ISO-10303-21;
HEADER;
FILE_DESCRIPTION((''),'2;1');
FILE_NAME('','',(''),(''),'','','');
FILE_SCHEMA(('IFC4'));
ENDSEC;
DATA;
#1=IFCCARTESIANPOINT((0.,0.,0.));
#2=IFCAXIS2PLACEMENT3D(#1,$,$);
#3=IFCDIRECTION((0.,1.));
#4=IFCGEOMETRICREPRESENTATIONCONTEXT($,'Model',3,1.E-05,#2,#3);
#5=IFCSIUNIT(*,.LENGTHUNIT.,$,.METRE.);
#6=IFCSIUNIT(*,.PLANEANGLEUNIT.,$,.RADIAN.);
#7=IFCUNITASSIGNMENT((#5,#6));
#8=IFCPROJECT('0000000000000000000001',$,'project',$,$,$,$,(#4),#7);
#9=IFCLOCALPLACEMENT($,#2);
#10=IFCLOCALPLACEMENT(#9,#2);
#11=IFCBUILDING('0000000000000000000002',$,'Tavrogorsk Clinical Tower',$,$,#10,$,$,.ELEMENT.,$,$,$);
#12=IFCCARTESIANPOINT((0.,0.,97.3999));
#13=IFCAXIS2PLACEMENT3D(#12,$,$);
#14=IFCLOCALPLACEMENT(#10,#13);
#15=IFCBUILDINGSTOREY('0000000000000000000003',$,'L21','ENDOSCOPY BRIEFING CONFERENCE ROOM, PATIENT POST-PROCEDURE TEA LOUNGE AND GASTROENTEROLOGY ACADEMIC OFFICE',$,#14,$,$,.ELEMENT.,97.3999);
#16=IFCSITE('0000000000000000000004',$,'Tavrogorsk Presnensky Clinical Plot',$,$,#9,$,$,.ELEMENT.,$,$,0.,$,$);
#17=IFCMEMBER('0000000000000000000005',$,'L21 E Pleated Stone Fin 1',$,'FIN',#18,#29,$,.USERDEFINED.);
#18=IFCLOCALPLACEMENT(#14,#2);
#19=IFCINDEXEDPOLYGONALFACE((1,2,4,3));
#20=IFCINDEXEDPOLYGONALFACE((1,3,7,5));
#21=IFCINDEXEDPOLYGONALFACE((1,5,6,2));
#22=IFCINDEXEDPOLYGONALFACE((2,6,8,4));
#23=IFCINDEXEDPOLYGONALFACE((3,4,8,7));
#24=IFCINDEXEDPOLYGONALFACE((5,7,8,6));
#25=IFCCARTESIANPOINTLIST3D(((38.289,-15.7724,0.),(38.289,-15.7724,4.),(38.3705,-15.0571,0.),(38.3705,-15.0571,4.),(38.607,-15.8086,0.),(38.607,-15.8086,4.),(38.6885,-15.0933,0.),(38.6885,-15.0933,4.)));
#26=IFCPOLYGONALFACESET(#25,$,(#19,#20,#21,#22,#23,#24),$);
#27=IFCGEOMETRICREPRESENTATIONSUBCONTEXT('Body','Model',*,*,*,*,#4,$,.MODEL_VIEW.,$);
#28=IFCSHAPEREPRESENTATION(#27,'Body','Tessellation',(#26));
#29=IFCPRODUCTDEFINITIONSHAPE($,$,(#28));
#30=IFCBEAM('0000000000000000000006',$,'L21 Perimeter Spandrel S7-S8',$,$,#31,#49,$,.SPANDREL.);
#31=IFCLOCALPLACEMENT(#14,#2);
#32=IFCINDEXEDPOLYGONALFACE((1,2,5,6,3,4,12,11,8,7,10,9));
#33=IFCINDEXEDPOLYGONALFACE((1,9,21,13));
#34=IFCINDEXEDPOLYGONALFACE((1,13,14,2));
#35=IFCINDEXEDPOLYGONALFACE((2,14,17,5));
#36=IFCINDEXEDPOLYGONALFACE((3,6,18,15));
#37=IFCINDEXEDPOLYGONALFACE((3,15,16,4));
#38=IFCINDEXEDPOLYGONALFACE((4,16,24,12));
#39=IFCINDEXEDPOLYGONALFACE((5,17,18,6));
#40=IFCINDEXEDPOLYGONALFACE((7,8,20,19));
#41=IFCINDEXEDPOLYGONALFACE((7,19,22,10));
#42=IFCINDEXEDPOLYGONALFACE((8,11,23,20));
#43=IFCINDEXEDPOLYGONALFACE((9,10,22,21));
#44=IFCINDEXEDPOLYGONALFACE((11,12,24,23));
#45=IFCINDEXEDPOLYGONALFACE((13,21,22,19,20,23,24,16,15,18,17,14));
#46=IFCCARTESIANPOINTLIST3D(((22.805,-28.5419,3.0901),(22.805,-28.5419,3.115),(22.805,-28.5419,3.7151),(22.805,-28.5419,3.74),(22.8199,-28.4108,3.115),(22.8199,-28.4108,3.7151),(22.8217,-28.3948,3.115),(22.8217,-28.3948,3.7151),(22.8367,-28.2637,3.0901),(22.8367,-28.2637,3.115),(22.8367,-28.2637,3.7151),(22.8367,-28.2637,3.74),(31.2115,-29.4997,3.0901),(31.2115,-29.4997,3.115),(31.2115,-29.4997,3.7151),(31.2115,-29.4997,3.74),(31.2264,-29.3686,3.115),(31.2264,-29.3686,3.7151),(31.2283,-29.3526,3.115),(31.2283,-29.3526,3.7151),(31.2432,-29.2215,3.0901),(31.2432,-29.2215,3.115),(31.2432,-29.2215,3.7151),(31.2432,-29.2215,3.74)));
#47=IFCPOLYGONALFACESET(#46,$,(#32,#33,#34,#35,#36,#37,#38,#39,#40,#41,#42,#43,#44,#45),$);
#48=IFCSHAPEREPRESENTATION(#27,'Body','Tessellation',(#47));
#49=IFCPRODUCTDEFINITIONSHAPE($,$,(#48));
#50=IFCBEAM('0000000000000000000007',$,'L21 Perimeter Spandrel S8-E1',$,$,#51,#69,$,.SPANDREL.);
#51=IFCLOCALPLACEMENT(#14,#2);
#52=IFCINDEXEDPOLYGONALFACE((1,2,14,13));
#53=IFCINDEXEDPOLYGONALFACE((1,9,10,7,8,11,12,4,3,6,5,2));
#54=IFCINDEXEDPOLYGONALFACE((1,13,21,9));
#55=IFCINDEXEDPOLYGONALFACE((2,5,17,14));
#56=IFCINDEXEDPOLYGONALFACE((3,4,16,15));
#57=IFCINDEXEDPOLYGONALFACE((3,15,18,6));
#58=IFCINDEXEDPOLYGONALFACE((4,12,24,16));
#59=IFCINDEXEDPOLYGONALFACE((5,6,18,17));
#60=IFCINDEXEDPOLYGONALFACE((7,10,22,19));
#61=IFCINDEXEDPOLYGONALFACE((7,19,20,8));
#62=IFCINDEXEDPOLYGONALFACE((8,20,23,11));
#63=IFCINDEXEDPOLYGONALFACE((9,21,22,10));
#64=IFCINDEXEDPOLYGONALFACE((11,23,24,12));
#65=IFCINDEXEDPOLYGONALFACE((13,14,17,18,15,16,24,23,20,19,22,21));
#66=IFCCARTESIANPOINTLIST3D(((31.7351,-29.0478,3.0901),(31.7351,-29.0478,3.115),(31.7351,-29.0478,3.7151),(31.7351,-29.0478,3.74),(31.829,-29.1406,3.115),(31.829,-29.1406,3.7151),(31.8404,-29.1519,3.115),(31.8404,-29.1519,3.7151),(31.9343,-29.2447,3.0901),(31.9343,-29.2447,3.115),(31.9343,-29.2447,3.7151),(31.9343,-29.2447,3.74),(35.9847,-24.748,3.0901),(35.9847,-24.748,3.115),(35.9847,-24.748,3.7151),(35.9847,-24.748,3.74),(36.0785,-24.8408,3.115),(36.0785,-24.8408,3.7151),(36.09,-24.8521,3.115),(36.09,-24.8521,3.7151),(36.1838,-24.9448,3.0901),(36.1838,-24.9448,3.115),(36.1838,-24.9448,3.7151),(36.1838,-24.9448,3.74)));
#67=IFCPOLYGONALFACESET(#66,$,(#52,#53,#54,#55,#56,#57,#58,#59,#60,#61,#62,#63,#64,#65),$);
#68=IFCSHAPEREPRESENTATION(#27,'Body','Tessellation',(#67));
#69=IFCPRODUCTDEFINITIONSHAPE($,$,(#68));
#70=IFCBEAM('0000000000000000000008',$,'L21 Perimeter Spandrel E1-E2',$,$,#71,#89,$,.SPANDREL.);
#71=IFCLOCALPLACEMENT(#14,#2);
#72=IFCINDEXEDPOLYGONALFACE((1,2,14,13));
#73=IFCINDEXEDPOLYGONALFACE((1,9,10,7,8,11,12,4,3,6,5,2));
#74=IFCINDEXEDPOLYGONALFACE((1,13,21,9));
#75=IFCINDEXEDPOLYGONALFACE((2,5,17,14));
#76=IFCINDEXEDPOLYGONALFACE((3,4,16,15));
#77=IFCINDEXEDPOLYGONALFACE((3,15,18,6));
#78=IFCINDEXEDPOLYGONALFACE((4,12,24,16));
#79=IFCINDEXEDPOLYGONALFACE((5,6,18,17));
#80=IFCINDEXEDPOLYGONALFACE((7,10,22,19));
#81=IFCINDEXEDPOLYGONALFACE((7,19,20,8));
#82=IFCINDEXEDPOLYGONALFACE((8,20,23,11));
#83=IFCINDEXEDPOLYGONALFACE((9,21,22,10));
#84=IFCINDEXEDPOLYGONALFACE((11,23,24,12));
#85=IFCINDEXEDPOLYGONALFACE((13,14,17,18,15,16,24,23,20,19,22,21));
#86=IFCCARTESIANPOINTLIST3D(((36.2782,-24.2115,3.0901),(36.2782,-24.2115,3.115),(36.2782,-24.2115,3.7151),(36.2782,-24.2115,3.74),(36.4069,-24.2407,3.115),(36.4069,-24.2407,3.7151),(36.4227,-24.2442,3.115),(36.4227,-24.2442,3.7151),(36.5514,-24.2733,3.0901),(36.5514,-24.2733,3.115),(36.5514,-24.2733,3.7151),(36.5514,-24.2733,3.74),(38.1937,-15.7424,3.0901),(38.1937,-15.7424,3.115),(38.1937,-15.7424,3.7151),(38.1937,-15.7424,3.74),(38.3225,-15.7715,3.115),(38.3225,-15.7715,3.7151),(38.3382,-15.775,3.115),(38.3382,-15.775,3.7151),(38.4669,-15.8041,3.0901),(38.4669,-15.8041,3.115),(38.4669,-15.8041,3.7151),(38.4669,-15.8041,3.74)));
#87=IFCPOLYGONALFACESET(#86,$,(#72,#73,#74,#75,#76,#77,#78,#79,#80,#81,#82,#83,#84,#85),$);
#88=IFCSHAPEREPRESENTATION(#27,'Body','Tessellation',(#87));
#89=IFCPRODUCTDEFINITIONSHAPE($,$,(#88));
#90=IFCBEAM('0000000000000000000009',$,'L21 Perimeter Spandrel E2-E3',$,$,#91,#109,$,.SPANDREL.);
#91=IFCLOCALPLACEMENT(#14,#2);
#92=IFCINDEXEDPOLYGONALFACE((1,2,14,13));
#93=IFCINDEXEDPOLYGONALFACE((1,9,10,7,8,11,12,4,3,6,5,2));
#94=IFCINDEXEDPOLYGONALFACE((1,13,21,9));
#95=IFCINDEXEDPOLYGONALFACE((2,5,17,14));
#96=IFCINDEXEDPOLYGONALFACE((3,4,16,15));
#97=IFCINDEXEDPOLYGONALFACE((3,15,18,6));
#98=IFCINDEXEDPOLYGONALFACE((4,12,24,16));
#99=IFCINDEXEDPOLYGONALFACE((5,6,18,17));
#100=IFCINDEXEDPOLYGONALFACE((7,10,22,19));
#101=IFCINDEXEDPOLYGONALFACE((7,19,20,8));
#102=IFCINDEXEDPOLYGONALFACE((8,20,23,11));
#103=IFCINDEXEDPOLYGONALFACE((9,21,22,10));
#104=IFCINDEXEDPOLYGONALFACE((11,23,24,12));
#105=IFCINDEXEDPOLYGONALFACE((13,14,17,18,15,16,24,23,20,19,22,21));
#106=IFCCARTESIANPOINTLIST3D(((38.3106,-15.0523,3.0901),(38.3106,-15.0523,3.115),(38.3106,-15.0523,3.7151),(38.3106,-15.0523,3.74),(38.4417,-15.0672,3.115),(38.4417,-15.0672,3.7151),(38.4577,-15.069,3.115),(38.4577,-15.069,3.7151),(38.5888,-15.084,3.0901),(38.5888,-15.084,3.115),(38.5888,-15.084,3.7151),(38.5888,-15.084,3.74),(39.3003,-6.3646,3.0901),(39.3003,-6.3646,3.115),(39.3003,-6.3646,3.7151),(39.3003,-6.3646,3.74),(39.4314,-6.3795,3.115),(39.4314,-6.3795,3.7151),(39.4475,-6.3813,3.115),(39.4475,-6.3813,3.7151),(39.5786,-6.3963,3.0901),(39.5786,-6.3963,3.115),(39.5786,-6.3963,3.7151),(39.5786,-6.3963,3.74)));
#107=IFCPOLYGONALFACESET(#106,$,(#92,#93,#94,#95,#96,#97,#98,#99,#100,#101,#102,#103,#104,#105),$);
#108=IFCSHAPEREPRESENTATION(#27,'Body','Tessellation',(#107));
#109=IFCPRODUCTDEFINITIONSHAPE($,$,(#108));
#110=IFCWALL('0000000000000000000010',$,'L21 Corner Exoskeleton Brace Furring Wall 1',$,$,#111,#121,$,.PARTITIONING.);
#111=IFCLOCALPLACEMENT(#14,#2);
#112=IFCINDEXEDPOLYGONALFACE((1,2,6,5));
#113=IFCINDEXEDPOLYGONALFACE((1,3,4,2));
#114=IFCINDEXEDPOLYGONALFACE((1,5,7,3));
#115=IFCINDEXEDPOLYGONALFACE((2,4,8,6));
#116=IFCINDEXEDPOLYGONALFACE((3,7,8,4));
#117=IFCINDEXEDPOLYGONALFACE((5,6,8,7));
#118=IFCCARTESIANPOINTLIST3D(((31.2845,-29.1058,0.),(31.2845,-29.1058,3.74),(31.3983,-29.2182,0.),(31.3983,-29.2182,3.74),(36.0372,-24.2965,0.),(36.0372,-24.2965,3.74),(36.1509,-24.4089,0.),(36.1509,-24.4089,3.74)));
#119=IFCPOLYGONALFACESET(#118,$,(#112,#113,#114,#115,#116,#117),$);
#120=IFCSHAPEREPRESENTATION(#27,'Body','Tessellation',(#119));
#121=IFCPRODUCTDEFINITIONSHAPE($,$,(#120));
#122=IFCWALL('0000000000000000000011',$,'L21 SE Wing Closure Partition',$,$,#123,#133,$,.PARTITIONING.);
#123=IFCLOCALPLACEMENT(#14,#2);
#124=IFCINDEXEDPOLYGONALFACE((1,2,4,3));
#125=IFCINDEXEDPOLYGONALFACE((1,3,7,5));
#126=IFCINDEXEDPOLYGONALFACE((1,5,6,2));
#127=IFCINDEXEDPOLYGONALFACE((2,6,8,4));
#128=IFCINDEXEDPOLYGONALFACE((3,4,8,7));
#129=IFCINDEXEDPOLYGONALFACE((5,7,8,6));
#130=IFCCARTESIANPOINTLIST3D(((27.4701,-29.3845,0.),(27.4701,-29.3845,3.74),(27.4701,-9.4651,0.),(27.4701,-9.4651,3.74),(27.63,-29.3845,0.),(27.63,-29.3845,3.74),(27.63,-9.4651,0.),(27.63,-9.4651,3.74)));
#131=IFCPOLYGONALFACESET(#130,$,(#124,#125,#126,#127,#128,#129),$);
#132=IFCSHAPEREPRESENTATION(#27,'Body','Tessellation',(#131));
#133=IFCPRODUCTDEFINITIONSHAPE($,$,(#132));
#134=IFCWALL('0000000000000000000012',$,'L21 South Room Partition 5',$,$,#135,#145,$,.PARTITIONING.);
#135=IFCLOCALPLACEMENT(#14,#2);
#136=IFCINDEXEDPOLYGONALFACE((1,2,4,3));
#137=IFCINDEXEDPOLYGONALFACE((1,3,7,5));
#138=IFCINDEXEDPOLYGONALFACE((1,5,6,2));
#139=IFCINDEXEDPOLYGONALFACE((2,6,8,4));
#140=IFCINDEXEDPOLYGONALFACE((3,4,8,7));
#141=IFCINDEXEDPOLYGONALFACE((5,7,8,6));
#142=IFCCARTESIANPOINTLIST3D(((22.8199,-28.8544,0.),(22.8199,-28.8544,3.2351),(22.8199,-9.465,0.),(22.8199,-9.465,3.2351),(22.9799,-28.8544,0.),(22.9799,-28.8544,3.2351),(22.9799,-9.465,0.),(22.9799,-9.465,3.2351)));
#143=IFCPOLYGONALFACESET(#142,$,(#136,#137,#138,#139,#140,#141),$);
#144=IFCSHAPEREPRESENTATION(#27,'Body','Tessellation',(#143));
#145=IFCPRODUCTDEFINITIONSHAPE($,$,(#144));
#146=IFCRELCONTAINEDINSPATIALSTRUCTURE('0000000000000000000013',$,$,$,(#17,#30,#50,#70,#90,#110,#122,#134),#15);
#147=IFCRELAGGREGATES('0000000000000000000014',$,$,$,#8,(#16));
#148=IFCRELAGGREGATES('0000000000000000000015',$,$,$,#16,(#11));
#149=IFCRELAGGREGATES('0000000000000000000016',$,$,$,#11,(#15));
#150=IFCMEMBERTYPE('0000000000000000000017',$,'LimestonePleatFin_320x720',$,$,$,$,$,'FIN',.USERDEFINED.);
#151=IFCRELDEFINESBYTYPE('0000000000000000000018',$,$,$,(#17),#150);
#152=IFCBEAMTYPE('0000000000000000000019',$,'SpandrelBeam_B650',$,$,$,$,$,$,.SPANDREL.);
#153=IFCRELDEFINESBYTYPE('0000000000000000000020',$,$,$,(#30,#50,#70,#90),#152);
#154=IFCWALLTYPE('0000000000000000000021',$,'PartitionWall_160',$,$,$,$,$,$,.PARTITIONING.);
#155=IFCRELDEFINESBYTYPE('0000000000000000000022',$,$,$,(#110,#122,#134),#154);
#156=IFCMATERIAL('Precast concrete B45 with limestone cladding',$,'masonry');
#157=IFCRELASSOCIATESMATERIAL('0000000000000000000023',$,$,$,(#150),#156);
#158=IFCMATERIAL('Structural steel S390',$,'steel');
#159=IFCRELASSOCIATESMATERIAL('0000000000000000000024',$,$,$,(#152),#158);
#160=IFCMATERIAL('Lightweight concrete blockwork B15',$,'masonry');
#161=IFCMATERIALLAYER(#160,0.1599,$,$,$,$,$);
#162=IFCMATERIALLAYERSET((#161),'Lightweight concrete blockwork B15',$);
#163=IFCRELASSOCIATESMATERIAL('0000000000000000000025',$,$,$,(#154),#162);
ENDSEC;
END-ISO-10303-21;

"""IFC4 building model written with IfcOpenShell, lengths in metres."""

from ifc_helpers import new_model, si_unit, direction, frame, frame_2d, origin, origin_2d, place, context, subcontext, project, spatial, rectangle, i_section, extrude, material, layer, layer_set, material_profile, profile_set, type_object, element, save


model = new_model("IFC4")

# Units and contexts
model_context = context("Model", 3, precision=1e-05, world=origin(), true_north=direction((0.0, 1.0)))
body_context = subcontext(model_context, "Body", "Model", "MODEL_VIEW")
ifc_project = project(units=[si_unit("LENGTHUNIT", "METRE"), si_unit("PLANEANGLEUNIT", "RADIAN")], contexts=[model_context])

# Site, building, storey
site_placement = place(None, origin())
site = spatial("IfcSite", under=ifc_project, at=site_placement, Name="Tavrogorsk Presnensky Clinical Plot", CompositionType="ELEMENT", RefElevation=0.0)
building_placement = place(site_placement, origin())
building = spatial("IfcBuilding", under=site, at=building_placement, Name="Tavrogorsk Clinical Tower", CompositionType="ELEMENT")
storey_placement = place(building_placement, frame((0.0, 0.0, 97.3999)))
storey = spatial("IfcBuildingStorey", under=building, at=storey_placement, Name="L21", Description="ENDOSCOPY BRIEFING CONFERENCE ROOM, PATIENT POST-PROCEDURE TEA LOUNGE AND GASTROENTEROLOGY ACADEMIC OFFICE", CompositionType="ELEMENT", Elevation=97.3999)

# Member
ifc_material_1 = material(Name="Precast concrete B45 with limestone cladding", Category="masonry")
ifc_material_profile_1 = material_profile(ifc_material_1, rectangle(XDim=0.3201, YDim=0.72, at=origin_2d()), Name="LIMESTONE-FIN-320x720")
ifc_profile_set_1 = profile_set([ifc_material_profile_1], Name="Precast concrete B45 with limestone cladding")
member_type_1 = type_object("IfcMemberType", Name="LimestonePleatFin_320x720", ElementType="FIN", PredefinedType="USERDEFINED", material=ifc_profile_set_1)
member_1_placement = place(storey_placement, frame((38.4888, -15.4329, 0.0), z_axis=(0.0, 0.0, 1.0), x_axis=(0.993572, -0.113203, 0.0)))
element("IfcMember", 1, at=member_1_placement, inside=storey, type_object=member_type_1, Name="L21 E Pleated Stone Fin 1", ObjectType="FIN", PredefinedType="USERDEFINED", context=body_context, shape_type="SweptSolid", body=[
    extrude(rectangle(XDim=0.3201, YDim=0.72, at=origin_2d()), origin(), (0.0, 0.0, 1.0), 4.0),
])

# Beams
ifc_material_2 = material(Name="Structural steel S390", Category="steel")
ifc_material_profile_2 = material_profile(ifc_material_2, i_section(OverallWidth=0.28, OverallDepth=0.6499, WebThickness=0.0161, FlangeThickness=0.0249, at=origin_2d()), Name="B-650x280x16x25")
ifc_profile_set_2 = profile_set([ifc_material_profile_2], Name="Structural steel S390")
beam_type_1 = type_object("IfcBeamType", Name="SpandrelBeam_B650", PredefinedType="SPANDREL", material=ifc_profile_set_2)
beam_1_placement = place(storey_placement, frame((22.8208, -28.4028, 3.415), z_axis=(0.993572, -0.113199, 0.0), x_axis=(0.113199, 0.993572, 0.0)))
element("IfcBeam", 2, at=beam_1_placement, inside=storey, type_object=beam_type_1, Name="L21 Perimeter Spandrel S7-S8", PredefinedType="SPANDREL", context=body_context, shape_type="SweptSolid", body=[
    extrude(i_section(OverallWidth=0.28, OverallDepth=0.6499, WebThickness=0.0161, FlangeThickness=0.0249, at=origin_2d()), origin(), (0.0, 0.0, 1.0), 8.4609),
])
beam_2_placement = place(storey_placement, frame((31.8347, -29.1462, 3.415), z_axis=(0.702935, 0.711254, 0.0), x_axis=(-0.711254, 0.702935, 0.0)))
element("IfcBeam", 3, at=beam_2_placement, inside=storey, type_object=beam_type_1, Name="L21 Perimeter Spandrel S8-E1", PredefinedType="SPANDREL", context=body_context, shape_type="SweptSolid", body=[
    extrude(i_section(OverallWidth=0.28, OverallDepth=0.6499, WebThickness=0.0161, FlangeThickness=0.0249, at=origin_2d()), origin(), (0.0, 0.0, 1.0), 6.0454),
])
beam_3_placement = place(storey_placement, frame((36.4148, -24.2424, 3.415), z_axis=(0.220603, 0.975364, 0.0), x_axis=(-0.975364, 0.220603, 0.0)))
element("IfcBeam", 4, at=beam_3_placement, inside=storey, type_object=beam_type_1, Name="L21 Perimeter Spandrel E1-E2", PredefinedType="SPANDREL", context=body_context, shape_type="SweptSolid", body=[
    extrude(i_section(OverallWidth=0.28, OverallDepth=0.6499, WebThickness=0.0161, FlangeThickness=0.0249, at=origin_2d()), origin(), (0.0, 0.0, 1.0), 8.6831),
])
beam_4_placement = place(storey_placement, frame((38.4497, -15.0681, 3.415), z_axis=(0.113192, 0.993573, 0.0), x_axis=(-0.993573, 0.113192, 0.0)))
element("IfcBeam", 5, at=beam_4_placement, inside=storey, type_object=beam_type_1, Name="L21 Perimeter Spandrel E2-E3", PredefinedType="SPANDREL", context=body_context, shape_type="SweptSolid", body=[
    extrude(i_section(OverallWidth=0.28, OverallDepth=0.6499, WebThickness=0.0161, FlangeThickness=0.0249, at=origin_2d()), origin(), (0.0, 0.0, 1.0), 8.7439),
])

# Walls
ifc_material_3 = material(Name="Lightweight concrete blockwork B15", Category="masonry")
ifc_layer_1 = layer(ifc_material_3, 0.1599)
ifc_layer_set_1 = layer_set([ifc_layer_1], Name="Lightweight concrete blockwork B15")
wall_type_1 = type_object("IfcWallType", Name="PartitionWall_160", PredefinedType="PARTITIONING", material=ifc_layer_set_1)
wall_1_placement = place(storey_placement, frame((31.3413, -29.1621, 0.0), z_axis=(0.0, 0.0, 1.0), x_axis=(0.702906, 0.711283, 0.0)))
element("IfcWall", 6, at=wall_1_placement, inside=storey, type_object=wall_type_1, Name="L21 Corner Exoskeleton Brace Furring Wall 1", PredefinedType="PARTITIONING", context=body_context, shape_type="SweptSolid", body=[
    extrude(rectangle(XDim=6.7615, YDim=0.1599, at=frame_2d((3.3809, 0.0))), origin(), (0.0, 0.0, 1.0), 3.74),
])
wall_2_placement = place(storey_placement, frame((27.55, -29.3845, 0.0), z_axis=(0.0, 0.0, 1.0), x_axis=(0.0, 1.0, 0.0)))
element("IfcWall", 7, at=wall_2_placement, inside=storey, type_object=wall_type_1, Name="L21 SE Wing Closure Partition", PredefinedType="PARTITIONING", context=body_context, shape_type="SweptSolid", body=[
    extrude(rectangle(XDim=19.9194, YDim=0.1599, at=frame_2d((9.9597, 0.0))), origin(), (0.0, 0.0, 1.0), 3.74),
])
wall_3_placement = place(storey_placement, frame((22.8999, -28.8545, 0.0), z_axis=(0.0, 0.0, 1.0), x_axis=(0.0, 1.0, 0.0)))
element("IfcWall", 8, at=wall_3_placement, inside=storey, type_object=wall_type_1, Name="L21 South Room Partition 5", PredefinedType="PARTITIONING", context=body_context, shape_type="SweptSolid", body=[
    extrude(rectangle(XDim=19.3894, YDim=0.1599, at=frame_2d((9.6948, 0.0))), origin(), (0.0, 0.0, 1.0), 3.2351),
])

save(model, "model.ifc")
